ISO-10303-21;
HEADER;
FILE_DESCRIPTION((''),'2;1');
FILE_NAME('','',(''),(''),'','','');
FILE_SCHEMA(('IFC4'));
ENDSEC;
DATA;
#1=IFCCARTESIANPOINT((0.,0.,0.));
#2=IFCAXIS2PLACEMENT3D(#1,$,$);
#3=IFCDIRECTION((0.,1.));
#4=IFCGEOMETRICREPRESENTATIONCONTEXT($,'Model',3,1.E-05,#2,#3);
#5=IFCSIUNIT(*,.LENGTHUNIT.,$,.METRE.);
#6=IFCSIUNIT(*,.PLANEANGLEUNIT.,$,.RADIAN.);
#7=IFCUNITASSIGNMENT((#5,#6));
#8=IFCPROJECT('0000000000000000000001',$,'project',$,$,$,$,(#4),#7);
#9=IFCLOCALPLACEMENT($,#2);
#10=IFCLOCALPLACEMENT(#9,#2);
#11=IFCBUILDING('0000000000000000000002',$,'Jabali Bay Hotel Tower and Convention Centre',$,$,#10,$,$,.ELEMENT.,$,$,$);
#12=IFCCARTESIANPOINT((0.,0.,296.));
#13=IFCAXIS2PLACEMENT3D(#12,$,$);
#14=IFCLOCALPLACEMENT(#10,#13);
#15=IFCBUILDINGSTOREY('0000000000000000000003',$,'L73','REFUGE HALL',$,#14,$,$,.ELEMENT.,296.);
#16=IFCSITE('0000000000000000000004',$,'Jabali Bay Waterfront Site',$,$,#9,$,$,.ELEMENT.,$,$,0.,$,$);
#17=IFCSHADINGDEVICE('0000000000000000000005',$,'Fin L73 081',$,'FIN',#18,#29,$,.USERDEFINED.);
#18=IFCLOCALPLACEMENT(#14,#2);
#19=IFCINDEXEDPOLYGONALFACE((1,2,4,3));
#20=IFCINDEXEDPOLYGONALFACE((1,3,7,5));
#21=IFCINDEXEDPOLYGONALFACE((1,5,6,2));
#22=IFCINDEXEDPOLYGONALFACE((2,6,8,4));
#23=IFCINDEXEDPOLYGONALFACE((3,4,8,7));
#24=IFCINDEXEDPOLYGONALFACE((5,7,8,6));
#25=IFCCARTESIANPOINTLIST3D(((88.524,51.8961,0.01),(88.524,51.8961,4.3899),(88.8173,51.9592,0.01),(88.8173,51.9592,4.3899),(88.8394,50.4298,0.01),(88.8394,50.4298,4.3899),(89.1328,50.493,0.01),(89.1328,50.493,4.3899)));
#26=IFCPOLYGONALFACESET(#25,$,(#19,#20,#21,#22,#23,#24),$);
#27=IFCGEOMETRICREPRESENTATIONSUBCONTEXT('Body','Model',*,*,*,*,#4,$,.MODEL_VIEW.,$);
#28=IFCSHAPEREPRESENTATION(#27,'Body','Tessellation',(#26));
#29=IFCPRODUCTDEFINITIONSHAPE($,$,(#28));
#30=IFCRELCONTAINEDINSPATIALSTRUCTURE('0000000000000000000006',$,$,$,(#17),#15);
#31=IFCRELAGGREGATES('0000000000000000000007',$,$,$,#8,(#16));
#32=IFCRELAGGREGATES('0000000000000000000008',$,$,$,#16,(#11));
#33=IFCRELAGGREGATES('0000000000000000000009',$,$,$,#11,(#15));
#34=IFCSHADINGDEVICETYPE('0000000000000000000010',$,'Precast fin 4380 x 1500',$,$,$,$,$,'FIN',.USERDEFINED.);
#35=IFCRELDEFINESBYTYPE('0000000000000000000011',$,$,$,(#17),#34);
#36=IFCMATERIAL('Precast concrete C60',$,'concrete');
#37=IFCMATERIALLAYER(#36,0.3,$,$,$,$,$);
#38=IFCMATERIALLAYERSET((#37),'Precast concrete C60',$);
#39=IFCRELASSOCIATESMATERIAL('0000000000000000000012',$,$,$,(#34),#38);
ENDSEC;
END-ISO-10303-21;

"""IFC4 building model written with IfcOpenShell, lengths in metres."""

from ifc_helpers import new_model, si_unit, direction, frame, frame_2d, origin, place, context, subcontext, project, spatial, rectangle, extrude, material, layer, layer_set, type_object, element, save


model = new_model("IFC4")

# Units and contexts
model_context = context("Model", 3, precision=1e-05, world=origin(), true_north=direction((0.0, 1.0)))
body_context = subcontext(model_context, "Body", "Model", "MODEL_VIEW")
ifc_project = project(units=[si_unit("LENGTHUNIT", "METRE"), si_unit("PLANEANGLEUNIT", "RADIAN")], contexts=[model_context])

# Site, building, storey
site_placement = place(None, origin())
site = spatial("IfcSite", under=ifc_project, at=site_placement, Name="Jabali Bay Waterfront Site", CompositionType="ELEMENT", RefElevation=0.0)
building_placement = place(site_placement, origin())
building = spatial("IfcBuilding", under=site, at=building_placement, Name="Jabali Bay Hotel Tower and Convention Centre", CompositionType="ELEMENT")
storey_placement = place(building_placement, frame((0.0, 0.0, 296.0)))
storey = spatial("IfcBuildingStorey", under=building, at=storey_placement, Name="L73", Description="REFUGE HALL", CompositionType="ELEMENT", Elevation=296.0)

# Shading device
ifc_material_1 = material(Name="Precast concrete C60", Category="concrete")
ifc_layer_1 = layer(ifc_material_1, 0.3)
ifc_layer_set_1 = layer_set([ifc_layer_1], Name="Precast concrete C60")
shading_device_type_1 = type_object("IfcShadingDeviceType", Name="Precast fin 4380 x 1500", ElementType="FIN", PredefinedType="USERDEFINED", material=ifc_layer_set_1)
shading_device_1_placement = place(storey_placement, frame((88.6707, 51.9277, 0.01), z_axis=(0.0, 0.0, 1.0), x_axis=(0.210307, -0.977635, 0.0)))
element("IfcShadingDevice", 1, at=shading_device_1_placement, inside=storey, type_object=shading_device_type_1, Name="Fin L73 081", ObjectType="FIN", PredefinedType="USERDEFINED", context=body_context, shape_type="SweptSolid", body=[
    extrude(rectangle(XDim=1.4998, YDim=0.3, at=frame_2d((0.75, 0.0))), origin(), (0.0, 0.0, 1.0), 4.3799),
])

save(model, "model.ifc")
